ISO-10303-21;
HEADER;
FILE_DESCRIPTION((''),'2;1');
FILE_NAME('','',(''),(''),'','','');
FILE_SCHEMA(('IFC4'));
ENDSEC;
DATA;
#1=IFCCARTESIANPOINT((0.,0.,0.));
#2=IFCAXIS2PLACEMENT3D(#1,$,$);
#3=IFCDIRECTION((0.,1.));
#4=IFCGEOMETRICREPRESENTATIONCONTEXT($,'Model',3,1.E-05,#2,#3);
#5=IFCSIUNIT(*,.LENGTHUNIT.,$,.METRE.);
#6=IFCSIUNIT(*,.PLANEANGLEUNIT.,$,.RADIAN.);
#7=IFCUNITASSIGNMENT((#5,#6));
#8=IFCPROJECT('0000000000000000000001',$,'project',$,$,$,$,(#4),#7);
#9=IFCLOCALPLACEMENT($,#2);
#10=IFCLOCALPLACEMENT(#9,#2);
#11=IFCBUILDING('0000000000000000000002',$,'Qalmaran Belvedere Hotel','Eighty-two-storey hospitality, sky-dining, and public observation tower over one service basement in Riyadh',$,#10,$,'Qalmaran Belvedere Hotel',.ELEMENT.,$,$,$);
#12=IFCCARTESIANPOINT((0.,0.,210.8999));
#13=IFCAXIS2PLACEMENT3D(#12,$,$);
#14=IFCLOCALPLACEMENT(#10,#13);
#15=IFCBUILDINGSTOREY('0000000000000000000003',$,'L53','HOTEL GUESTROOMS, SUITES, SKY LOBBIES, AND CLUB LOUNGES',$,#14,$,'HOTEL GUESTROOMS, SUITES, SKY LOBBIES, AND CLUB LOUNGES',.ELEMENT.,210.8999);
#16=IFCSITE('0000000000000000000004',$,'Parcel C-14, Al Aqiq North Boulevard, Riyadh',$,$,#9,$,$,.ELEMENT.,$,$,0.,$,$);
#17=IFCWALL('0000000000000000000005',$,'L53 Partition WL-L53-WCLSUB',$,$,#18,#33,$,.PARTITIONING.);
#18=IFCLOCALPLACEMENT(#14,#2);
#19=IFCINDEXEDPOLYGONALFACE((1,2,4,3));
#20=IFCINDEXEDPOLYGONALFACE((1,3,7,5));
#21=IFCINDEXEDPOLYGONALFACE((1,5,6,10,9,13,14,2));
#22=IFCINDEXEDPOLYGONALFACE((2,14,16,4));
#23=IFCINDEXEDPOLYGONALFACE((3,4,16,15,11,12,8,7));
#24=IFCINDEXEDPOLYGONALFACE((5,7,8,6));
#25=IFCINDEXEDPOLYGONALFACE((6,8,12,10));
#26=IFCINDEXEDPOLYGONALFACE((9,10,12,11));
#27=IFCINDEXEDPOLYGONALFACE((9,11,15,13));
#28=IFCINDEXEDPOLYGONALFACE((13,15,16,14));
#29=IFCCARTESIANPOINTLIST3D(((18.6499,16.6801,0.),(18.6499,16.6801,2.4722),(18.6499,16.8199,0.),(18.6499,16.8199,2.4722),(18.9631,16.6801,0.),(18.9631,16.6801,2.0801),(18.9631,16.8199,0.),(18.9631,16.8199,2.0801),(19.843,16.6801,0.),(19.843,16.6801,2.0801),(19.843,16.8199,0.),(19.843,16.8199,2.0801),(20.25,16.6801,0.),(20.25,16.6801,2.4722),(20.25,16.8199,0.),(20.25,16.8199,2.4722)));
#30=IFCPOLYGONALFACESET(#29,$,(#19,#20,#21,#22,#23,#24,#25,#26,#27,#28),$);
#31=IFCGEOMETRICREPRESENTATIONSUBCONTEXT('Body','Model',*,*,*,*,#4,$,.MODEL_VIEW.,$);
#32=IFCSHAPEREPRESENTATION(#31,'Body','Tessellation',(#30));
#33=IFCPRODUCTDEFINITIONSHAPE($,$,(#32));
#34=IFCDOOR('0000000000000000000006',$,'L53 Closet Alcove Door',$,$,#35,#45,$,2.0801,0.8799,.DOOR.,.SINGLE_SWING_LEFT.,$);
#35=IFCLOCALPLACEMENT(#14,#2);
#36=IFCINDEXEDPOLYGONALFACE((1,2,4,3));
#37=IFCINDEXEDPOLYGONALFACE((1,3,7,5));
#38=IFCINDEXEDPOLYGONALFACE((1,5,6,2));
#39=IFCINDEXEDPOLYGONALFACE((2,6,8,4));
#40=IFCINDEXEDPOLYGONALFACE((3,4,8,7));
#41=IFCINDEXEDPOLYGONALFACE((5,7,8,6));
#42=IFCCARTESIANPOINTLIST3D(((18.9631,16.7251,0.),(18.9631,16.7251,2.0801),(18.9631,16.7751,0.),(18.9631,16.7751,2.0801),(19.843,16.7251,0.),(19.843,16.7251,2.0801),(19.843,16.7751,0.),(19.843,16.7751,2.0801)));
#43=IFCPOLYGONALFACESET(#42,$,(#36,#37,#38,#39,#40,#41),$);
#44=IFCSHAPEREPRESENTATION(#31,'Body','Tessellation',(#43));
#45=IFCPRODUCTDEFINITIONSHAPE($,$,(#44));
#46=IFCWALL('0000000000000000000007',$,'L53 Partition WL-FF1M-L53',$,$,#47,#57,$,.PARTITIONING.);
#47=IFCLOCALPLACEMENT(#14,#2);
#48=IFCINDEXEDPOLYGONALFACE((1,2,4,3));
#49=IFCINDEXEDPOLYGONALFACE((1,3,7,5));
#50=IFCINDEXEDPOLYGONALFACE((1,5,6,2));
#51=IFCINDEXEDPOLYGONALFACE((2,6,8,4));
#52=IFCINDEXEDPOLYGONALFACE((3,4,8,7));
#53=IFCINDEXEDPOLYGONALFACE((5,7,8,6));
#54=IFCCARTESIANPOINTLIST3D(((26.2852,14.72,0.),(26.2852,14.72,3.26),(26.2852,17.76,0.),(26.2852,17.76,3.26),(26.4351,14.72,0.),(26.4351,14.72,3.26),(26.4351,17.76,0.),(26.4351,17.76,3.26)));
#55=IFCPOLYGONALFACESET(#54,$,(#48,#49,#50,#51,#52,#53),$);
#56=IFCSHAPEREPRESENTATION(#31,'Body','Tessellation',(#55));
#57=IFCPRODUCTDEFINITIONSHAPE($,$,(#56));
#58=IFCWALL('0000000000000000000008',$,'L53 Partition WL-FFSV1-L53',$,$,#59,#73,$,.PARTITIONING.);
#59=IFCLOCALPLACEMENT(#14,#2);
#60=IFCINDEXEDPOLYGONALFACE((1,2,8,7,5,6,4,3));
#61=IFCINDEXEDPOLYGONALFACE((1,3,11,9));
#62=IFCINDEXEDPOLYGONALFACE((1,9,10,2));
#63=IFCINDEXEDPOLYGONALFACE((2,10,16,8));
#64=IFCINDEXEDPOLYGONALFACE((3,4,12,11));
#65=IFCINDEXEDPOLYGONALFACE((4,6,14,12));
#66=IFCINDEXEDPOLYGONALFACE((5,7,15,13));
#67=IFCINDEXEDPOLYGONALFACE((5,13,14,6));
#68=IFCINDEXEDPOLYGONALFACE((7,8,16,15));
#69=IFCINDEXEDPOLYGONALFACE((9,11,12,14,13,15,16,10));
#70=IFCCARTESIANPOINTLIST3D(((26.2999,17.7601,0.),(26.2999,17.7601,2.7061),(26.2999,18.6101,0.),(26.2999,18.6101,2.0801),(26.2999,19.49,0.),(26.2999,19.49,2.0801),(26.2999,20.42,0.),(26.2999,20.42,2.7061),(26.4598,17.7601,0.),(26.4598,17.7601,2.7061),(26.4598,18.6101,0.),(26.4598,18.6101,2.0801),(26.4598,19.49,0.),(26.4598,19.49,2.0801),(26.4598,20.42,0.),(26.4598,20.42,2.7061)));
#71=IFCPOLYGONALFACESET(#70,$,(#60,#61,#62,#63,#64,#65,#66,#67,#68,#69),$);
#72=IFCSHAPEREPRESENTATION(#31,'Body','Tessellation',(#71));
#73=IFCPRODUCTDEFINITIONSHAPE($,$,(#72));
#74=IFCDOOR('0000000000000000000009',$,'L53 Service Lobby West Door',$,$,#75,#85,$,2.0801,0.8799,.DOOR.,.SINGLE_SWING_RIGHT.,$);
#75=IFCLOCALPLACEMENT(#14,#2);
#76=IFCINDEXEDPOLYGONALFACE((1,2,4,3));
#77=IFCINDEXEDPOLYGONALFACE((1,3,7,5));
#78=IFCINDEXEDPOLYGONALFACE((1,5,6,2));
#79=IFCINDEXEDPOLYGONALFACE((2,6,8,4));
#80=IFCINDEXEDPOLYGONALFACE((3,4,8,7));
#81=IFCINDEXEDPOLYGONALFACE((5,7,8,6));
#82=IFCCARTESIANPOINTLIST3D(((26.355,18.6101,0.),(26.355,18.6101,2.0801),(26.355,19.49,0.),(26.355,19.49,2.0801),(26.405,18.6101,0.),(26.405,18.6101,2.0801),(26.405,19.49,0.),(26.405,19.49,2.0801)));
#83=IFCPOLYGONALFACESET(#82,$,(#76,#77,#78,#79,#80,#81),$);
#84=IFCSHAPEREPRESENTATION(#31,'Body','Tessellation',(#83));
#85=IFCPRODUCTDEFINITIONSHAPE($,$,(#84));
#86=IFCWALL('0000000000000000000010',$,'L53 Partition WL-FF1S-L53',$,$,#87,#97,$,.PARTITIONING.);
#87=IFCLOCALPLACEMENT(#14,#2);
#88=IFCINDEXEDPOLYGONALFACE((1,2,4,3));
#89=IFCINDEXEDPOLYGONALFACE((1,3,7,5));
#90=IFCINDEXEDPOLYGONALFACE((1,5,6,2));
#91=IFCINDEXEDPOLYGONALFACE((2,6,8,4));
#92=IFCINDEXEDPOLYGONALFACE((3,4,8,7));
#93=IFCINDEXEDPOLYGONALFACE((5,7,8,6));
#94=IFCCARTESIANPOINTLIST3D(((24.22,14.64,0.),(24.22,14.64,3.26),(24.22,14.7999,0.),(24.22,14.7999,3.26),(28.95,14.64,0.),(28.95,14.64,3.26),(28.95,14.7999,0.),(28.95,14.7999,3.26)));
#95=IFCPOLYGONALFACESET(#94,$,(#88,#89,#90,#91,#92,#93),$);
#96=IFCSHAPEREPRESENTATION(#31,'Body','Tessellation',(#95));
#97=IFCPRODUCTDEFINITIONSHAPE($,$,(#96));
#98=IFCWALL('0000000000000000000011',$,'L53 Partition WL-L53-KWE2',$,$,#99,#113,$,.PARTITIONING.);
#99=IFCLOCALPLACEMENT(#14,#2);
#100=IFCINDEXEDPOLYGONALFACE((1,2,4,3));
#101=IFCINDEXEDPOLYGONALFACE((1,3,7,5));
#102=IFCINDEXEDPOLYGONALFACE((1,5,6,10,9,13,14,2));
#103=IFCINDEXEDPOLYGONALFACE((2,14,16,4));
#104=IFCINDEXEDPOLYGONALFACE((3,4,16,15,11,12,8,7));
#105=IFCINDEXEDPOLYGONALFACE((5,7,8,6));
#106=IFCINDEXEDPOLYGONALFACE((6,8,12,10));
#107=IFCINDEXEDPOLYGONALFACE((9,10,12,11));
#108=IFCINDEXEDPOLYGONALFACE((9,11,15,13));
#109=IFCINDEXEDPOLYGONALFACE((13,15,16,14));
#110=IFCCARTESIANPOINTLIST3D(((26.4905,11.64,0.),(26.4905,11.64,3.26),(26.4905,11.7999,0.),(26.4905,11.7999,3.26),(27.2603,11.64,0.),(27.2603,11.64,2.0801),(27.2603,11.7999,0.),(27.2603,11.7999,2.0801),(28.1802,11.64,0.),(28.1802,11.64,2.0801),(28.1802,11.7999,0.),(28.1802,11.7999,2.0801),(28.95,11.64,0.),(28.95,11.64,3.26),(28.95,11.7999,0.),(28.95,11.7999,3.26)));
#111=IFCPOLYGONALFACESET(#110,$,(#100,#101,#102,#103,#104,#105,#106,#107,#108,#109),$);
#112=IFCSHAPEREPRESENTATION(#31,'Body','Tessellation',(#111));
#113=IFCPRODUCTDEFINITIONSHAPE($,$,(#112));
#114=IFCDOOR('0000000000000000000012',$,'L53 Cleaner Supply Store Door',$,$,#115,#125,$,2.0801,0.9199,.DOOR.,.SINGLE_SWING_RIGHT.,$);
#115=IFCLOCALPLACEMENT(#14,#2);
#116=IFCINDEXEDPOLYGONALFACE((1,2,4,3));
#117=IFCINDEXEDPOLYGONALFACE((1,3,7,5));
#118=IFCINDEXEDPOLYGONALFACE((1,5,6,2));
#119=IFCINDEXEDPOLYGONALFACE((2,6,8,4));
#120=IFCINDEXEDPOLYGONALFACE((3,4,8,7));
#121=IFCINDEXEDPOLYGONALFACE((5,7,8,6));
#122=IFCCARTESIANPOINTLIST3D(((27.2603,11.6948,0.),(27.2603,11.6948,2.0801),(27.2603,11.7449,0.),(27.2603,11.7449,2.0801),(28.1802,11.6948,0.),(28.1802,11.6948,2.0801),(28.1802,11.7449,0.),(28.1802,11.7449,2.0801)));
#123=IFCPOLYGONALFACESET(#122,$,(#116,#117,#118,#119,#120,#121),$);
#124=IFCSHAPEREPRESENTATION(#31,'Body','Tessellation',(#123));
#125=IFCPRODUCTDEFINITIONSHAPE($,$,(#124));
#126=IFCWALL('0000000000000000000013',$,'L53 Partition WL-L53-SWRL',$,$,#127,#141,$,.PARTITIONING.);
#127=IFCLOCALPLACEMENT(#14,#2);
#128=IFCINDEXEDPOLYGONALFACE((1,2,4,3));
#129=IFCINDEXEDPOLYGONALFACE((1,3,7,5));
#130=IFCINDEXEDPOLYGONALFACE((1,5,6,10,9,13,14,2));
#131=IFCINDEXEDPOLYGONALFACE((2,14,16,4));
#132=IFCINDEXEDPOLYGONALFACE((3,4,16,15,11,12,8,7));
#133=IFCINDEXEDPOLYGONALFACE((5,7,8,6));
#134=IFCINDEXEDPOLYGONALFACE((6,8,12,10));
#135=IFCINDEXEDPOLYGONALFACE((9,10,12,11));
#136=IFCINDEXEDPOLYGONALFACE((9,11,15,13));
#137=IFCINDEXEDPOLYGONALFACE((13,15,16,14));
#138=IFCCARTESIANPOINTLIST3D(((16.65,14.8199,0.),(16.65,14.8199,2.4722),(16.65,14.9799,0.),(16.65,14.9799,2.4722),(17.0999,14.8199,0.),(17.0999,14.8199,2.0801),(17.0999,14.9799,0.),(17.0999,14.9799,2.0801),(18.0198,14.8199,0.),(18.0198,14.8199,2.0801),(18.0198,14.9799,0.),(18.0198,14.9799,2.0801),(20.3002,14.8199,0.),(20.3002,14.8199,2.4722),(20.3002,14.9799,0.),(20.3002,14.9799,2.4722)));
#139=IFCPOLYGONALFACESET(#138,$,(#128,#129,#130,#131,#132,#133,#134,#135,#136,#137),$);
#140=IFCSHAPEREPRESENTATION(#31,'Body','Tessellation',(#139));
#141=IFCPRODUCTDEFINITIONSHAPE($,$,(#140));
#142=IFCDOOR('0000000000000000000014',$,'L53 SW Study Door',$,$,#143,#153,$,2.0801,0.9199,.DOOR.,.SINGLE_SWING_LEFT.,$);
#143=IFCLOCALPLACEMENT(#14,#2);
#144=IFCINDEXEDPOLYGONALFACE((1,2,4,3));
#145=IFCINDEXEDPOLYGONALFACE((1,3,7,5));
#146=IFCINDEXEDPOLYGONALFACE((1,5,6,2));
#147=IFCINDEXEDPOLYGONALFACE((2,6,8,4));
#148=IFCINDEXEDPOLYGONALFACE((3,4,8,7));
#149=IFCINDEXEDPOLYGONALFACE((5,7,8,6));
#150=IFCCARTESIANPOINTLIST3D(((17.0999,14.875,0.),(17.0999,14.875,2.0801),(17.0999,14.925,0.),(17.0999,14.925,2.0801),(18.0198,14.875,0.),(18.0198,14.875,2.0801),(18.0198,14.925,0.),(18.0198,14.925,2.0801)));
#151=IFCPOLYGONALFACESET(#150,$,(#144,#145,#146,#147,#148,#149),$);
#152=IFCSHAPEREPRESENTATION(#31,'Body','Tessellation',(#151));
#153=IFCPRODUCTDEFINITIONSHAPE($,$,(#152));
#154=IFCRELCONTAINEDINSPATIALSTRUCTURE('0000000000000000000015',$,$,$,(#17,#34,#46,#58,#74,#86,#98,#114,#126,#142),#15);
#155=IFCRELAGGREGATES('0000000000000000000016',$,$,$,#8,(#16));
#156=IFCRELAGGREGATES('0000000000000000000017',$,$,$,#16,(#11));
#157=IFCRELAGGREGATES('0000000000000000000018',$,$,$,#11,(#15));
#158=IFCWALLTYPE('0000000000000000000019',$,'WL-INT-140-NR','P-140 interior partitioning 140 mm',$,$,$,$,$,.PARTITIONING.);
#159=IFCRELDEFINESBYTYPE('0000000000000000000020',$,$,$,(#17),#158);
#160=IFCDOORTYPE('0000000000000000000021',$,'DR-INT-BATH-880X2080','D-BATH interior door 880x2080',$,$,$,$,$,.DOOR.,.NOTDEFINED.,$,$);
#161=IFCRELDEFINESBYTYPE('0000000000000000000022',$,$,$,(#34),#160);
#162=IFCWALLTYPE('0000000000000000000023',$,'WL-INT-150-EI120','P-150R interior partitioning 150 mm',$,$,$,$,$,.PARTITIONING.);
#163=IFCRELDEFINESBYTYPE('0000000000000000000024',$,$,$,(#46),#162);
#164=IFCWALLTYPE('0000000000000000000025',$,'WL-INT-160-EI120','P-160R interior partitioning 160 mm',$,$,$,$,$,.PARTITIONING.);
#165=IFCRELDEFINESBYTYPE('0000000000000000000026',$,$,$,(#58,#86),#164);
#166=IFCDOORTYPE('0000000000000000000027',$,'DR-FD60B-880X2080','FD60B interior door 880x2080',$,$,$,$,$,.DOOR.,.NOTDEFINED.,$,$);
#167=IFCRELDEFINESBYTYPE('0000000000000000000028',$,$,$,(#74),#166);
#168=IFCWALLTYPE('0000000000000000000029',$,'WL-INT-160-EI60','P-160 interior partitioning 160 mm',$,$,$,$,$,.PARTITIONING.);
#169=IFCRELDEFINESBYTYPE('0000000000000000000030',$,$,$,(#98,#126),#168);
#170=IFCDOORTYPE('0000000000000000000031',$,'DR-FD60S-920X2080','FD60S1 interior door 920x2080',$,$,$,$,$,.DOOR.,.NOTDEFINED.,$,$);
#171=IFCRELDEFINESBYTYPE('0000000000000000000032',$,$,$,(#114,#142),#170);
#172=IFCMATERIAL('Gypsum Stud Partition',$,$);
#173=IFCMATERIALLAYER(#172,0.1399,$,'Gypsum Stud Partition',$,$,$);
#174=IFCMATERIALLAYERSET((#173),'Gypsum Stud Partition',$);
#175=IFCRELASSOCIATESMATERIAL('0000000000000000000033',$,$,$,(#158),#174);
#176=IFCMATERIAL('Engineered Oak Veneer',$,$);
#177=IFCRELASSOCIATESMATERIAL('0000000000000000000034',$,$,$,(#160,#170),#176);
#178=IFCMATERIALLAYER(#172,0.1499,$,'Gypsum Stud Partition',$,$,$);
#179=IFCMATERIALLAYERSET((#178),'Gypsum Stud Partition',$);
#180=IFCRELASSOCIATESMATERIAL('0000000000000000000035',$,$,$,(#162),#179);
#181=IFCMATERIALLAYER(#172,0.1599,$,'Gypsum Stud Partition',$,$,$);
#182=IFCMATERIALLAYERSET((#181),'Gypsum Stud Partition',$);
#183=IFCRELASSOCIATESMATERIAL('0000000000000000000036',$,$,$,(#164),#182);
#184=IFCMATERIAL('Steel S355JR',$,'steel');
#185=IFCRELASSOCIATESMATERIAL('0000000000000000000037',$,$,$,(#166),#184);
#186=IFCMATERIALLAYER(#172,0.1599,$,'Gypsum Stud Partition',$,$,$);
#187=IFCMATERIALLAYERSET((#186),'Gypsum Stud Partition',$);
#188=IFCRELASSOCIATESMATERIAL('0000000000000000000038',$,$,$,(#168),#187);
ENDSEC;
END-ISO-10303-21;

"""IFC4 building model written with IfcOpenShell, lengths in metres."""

from ifc_helpers import new_model, si_unit, direction, frame, frame_2d, origin, place, context, subcontext, project, spatial, rectangle, extrude, material, layer, layer_set, type_object, element, fill, save


model = new_model("IFC4")

# Units and contexts
model_context = context("Model", 3, precision=1e-05, world=origin(), true_north=direction((0.0, 1.0)))
body_context = subcontext(model_context, "Body", "Model", "MODEL_VIEW")
ifc_project = project(units=[si_unit("LENGTHUNIT", "METRE"), si_unit("PLANEANGLEUNIT", "RADIAN")], contexts=[model_context])

# Site, building, storey
site_placement = place(None, origin())
site = spatial("IfcSite", under=ifc_project, at=site_placement, Name="Parcel C-14, Al Aqiq North Boulevard, Riyadh", CompositionType="ELEMENT", RefElevation=0.0)
building_placement = place(site_placement, origin())
building = spatial("IfcBuilding", under=site, at=building_placement, Name="Qalmaran Belvedere Hotel", Description="Eighty-two-storey hospitality, sky-dining, and public observation tower over one service basement in Riyadh", LongName="Qalmaran Belvedere Hotel", CompositionType="ELEMENT")
storey_placement = place(building_placement, frame((0.0, 0.0, 210.8999)))
storey = spatial("IfcBuildingStorey", under=building, at=storey_placement, Name="L53", Description="HOTEL GUESTROOMS, SUITES, SKY LOBBIES, AND CLUB LOUNGES", LongName="HOTEL GUESTROOMS, SUITES, SKY LOBBIES, AND CLUB LOUNGES", CompositionType="ELEMENT", Elevation=210.8999)

# Wall, opening, door
ifc_material_1 = material(Name="Gypsum Stud Partition")
ifc_layer_1 = layer(ifc_material_1, 0.1399, Name="Gypsum Stud Partition")
ifc_layer_set_1 = layer_set([ifc_layer_1], Name="Gypsum Stud Partition")
wall_type_1 = type_object("IfcWallType", Name="WL-INT-140-NR", Description="P-140 interior partitioning 140 mm", PredefinedType="PARTITIONING", material=ifc_layer_set_1)
wall_1_placement = place(storey_placement, frame((18.6499, 16.75, 0.0), z_axis=(0.0, 0.0, 1.0), x_axis=(1.0, 0.0, 0.0)))
wall_1 = element("IfcWall", 1, at=wall_1_placement, inside=storey, type_object=wall_type_1, Name="L53 Partition WL-L53-WCLSUB", PredefinedType="PARTITIONING", context=body_context, shape_type="SweptSolid", body=[
    extrude(rectangle(XDim=1.6001, YDim=0.1399, at=frame_2d((0.8, 0.0))), origin(), (0.0, 0.0, 1.0), 2.4722),
])
opening_1_placement = place(wall_1_placement, frame((1.1931, 0.0, 0.0), z_axis=(0.0, 0.0, 1.0), x_axis=(-1.0, 0.0, 0.0)))
opening_1 = element("IfcOpeningElement", 2, at=opening_1_placement, cuts=wall_1, PredefinedType="OPENING", context=body_context, shape_type="SweptSolid", body=[
    extrude(rectangle(XDim=0.8799, YDim=2.0801, at=frame_2d((0.4399, 1.04))), frame((0.0, 0.0801, 0.0), z_axis=(0.0, -1.0, 0.0), x_axis=(1.0, 0.0, 0.0)), (0.0, 0.0, 1.0), 0.1599),
])
ifc_material_2 = material(Name="Engineered Oak Veneer")
door_type_1 = type_object("IfcDoorType", Name="DR-INT-BATH-880X2080", Description="D-BATH interior door 880x2080", OperationType="NOTDEFINED", PredefinedType="DOOR", material=ifc_material_2)
door_1_placement = place(opening_1_placement, origin())
door_1 = element("IfcDoor", 3, at=door_1_placement, inside=storey, type_object=door_type_1, Name="L53 Closet Alcove Door", OperationType="SINGLE_SWING_LEFT", OverallHeight=2.0801, OverallWidth=0.8799, PredefinedType="DOOR", context=body_context, shape_type="SweptSolid", body=[
    extrude(rectangle(XDim=0.8799, YDim=2.0801, at=frame_2d((0.4399, 1.04))), frame((0.0, 0.0249, 0.0), z_axis=(0.0, -1.0, 0.0), x_axis=(1.0, 0.0, 0.0)), (0.0, 0.0, 1.0), 0.05),
])
fill(opening_1, door_1)

# Wall
ifc_layer_2 = layer(ifc_material_1, 0.1499, Name="Gypsum Stud Partition")
ifc_layer_set_2 = layer_set([ifc_layer_2], Name="Gypsum Stud Partition")
wall_type_2 = type_object("IfcWallType", Name="WL-INT-150-EI120", Description="P-150R interior partitioning 150 mm", PredefinedType="PARTITIONING", material=ifc_layer_set_2)
wall_2_placement = place(storey_placement, frame((26.3601, 14.72, 0.0), z_axis=(0.0, 0.0, 1.0), x_axis=(0.0, 1.0, 0.0)))
element("IfcWall", 4, at=wall_2_placement, inside=storey, type_object=wall_type_2, Name="L53 Partition WL-FF1M-L53", PredefinedType="PARTITIONING", context=body_context, shape_type="SweptSolid", body=[
    extrude(rectangle(XDim=3.04, YDim=0.1499, at=frame_2d((1.52, 0.0))), origin(), (0.0, 0.0, 1.0), 3.26),
])

# Wall, opening, door
ifc_layer_3 = layer(ifc_material_1, 0.1599, Name="Gypsum Stud Partition")
ifc_layer_set_3 = layer_set([ifc_layer_3], Name="Gypsum Stud Partition")
wall_type_3 = type_object("IfcWallType", Name="WL-INT-160-EI120", Description="P-160R interior partitioning 160 mm", PredefinedType="PARTITIONING", material=ifc_layer_set_3)
wall_3_placement = place(storey_placement, frame((26.3799, 17.76, 0.0), z_axis=(0.0, 0.0, 1.0), x_axis=(0.0, 1.0, 0.0)))
wall_3 = element("IfcWall", 5, at=wall_3_placement, inside=storey, type_object=wall_type_3, Name="L53 Partition WL-FFSV1-L53", PredefinedType="PARTITIONING", context=body_context, shape_type="SweptSolid", body=[
    extrude(rectangle(XDim=2.6599, YDim=0.1599, at=frame_2d((1.3301, 0.0))), origin(), (0.0, 0.0, 1.0), 2.7061),
])
opening_2_placement = place(wall_3_placement, frame((0.8501, 0.0, 0.0)))
opening_2 = element("IfcOpeningElement", 6, at=opening_2_placement, cuts=wall_3, PredefinedType="OPENING", context=body_context, shape_type="SweptSolid", body=[
    extrude(rectangle(XDim=0.8799, YDim=2.0801, at=frame_2d((0.4399, 1.04))), frame((0.0, 0.0898, 0.0), z_axis=(0.0, -1.0, 0.0), x_axis=(1.0, 0.0, 0.0)), (0.0, 0.0, 1.0), 0.1799),
])
ifc_material_3 = material(Name="Steel S355JR", Category="steel")
door_type_2 = type_object("IfcDoorType", Name="DR-FD60B-880X2080", Description="FD60B interior door 880x2080", OperationType="NOTDEFINED", PredefinedType="DOOR", material=ifc_material_3)
door_2_placement = place(opening_2_placement, origin())
door_2 = element("IfcDoor", 7, at=door_2_placement, inside=storey, type_object=door_type_2, Name="L53 Service Lobby West Door", OperationType="SINGLE_SWING_RIGHT", OverallHeight=2.0801, OverallWidth=0.8799, PredefinedType="DOOR", context=body_context, shape_type="SweptSolid", body=[
    extrude(rectangle(XDim=0.8799, YDim=2.0801, at=frame_2d((0.4399, 1.04))), frame((0.0, 0.0249, 0.0), z_axis=(0.0, -1.0, 0.0), x_axis=(1.0, 0.0, 0.0)), (0.0, 0.0, 1.0), 0.05),
])
fill(opening_2, door_2)

# Wall
wall_4_placement = place(storey_placement, frame((24.22, 14.72, 0.0), z_axis=(0.0, 0.0, 1.0), x_axis=(1.0, 0.0, 0.0)))
element("IfcWall", 8, at=wall_4_placement, inside=storey, type_object=wall_type_3, Name="L53 Partition WL-FF1S-L53", PredefinedType="PARTITIONING", context=body_context, shape_type="SweptSolid", body=[
    extrude(rectangle(XDim=4.73, YDim=0.1599, at=frame_2d((2.365, 0.0))), origin(), (0.0, 0.0, 1.0), 3.26),
])

# Walls, openings, doors
ifc_layer_4 = layer(ifc_material_1, 0.1599, Name="Gypsum Stud Partition")
ifc_layer_set_4 = layer_set([ifc_layer_4], Name="Gypsum Stud Partition")
wall_type_4 = type_object("IfcWallType", Name="WL-INT-160-EI60", Description="P-160 interior partitioning 160 mm", PredefinedType="PARTITIONING", material=ifc_layer_set_4)
wall_5_placement = place(storey_placement, frame((26.4905, 11.72, 0.0), z_axis=(0.0, 0.0, 1.0), x_axis=(1.0, 0.0, 0.0)))
wall_5 = element("IfcWall", 9, at=wall_5_placement, inside=storey, type_object=wall_type_4, Name="L53 Partition WL-L53-KWE2", PredefinedType="PARTITIONING", context=body_context, shape_type="SweptSolid", body=[
    extrude(rectangle(XDim=2.4595, YDim=0.1599, at=frame_2d((1.2297, 0.0))), origin(), (0.0, 0.0, 1.0), 3.26),
])
opening_3_placement = place(wall_5_placement, frame((0.7698, 0.0, 0.0)))
opening_3 = element("IfcOpeningElement", 10, at=opening_3_placement, cuts=wall_5, PredefinedType="OPENING", context=body_context, shape_type="SweptSolid", body=[
    extrude(rectangle(XDim=0.9199, YDim=2.0801, at=frame_2d((0.46, 1.04))), frame((0.0, 0.0898, 0.0), z_axis=(0.0, -1.0, 0.0), x_axis=(1.0, 0.0, 0.0)), (0.0, 0.0, 1.0), 0.1799),
])
door_type_3 = type_object("IfcDoorType", Name="DR-FD60S-920X2080", Description="FD60S1 interior door 920x2080", OperationType="NOTDEFINED", PredefinedType="DOOR", material=ifc_material_2)
door_3_placement = place(opening_3_placement, origin())
door_3 = element("IfcDoor", 11, at=door_3_placement, inside=storey, type_object=door_type_3, Name="L53 Cleaner Supply Store Door", OperationType="SINGLE_SWING_RIGHT", OverallHeight=2.0801, OverallWidth=0.9199, PredefinedType="DOOR", context=body_context, shape_type="SweptSolid", body=[
    extrude(rectangle(XDim=0.9199, YDim=2.0801, at=frame_2d((0.46, 1.04))), frame((0.0, 0.0249, 0.0), z_axis=(0.0, -1.0, 0.0), x_axis=(1.0, 0.0, 0.0)), (0.0, 0.0, 1.0), 0.05),
])
fill(opening_3, door_3)
wall_6_placement = place(storey_placement, frame((16.6499, 14.8999, 0.0), z_axis=(0.0, 0.0, 1.0), x_axis=(1.0, 0.0, 0.0)))
wall_6 = element("IfcWall", 12, at=wall_6_placement, inside=storey, type_object=wall_type_4, Name="L53 Partition WL-L53-SWRL", PredefinedType="PARTITIONING", context=body_context, shape_type="SweptSolid", body=[
    extrude(rectangle(XDim=3.6501, YDim=0.1599, at=frame_2d((1.8252, 0.0))), origin(), (0.0, 0.0, 1.0), 2.4722),
])
opening_4_placement = place(wall_6_placement, frame((1.3699, 0.0, 0.0), z_axis=(0.0, 0.0, 1.0), x_axis=(-1.0, 0.0, 0.0)))
opening_4 = element("IfcOpeningElement", 13, at=opening_4_placement, cuts=wall_6, PredefinedType="OPENING", context=body_context, shape_type="SweptSolid", body=[
    extrude(rectangle(XDim=0.9199, YDim=2.0801, at=frame_2d((0.46, 1.04))), frame((0.0, 0.0898, 0.0), z_axis=(0.0, -1.0, 0.0), x_axis=(1.0, 0.0, 0.0)), (0.0, 0.0, 1.0), 0.1799),
])
door_4_placement = place(opening_4_placement, origin())
door_4 = element("IfcDoor", 14, at=door_4_placement, inside=storey, type_object=door_type_3, Name="L53 SW Study Door", OperationType="SINGLE_SWING_LEFT", OverallHeight=2.0801, OverallWidth=0.9199, PredefinedType="DOOR", context=body_context, shape_type="SweptSolid", body=[
    extrude(rectangle(XDim=0.9199, YDim=2.0801, at=frame_2d((0.46, 1.04))), frame((0.0, 0.0249, 0.0), z_axis=(0.0, -1.0, 0.0), x_axis=(1.0, 0.0, 0.0)), (0.0, 0.0, 1.0), 0.05),
])
fill(opening_4, door_4)

save(model, "model.ifc")
